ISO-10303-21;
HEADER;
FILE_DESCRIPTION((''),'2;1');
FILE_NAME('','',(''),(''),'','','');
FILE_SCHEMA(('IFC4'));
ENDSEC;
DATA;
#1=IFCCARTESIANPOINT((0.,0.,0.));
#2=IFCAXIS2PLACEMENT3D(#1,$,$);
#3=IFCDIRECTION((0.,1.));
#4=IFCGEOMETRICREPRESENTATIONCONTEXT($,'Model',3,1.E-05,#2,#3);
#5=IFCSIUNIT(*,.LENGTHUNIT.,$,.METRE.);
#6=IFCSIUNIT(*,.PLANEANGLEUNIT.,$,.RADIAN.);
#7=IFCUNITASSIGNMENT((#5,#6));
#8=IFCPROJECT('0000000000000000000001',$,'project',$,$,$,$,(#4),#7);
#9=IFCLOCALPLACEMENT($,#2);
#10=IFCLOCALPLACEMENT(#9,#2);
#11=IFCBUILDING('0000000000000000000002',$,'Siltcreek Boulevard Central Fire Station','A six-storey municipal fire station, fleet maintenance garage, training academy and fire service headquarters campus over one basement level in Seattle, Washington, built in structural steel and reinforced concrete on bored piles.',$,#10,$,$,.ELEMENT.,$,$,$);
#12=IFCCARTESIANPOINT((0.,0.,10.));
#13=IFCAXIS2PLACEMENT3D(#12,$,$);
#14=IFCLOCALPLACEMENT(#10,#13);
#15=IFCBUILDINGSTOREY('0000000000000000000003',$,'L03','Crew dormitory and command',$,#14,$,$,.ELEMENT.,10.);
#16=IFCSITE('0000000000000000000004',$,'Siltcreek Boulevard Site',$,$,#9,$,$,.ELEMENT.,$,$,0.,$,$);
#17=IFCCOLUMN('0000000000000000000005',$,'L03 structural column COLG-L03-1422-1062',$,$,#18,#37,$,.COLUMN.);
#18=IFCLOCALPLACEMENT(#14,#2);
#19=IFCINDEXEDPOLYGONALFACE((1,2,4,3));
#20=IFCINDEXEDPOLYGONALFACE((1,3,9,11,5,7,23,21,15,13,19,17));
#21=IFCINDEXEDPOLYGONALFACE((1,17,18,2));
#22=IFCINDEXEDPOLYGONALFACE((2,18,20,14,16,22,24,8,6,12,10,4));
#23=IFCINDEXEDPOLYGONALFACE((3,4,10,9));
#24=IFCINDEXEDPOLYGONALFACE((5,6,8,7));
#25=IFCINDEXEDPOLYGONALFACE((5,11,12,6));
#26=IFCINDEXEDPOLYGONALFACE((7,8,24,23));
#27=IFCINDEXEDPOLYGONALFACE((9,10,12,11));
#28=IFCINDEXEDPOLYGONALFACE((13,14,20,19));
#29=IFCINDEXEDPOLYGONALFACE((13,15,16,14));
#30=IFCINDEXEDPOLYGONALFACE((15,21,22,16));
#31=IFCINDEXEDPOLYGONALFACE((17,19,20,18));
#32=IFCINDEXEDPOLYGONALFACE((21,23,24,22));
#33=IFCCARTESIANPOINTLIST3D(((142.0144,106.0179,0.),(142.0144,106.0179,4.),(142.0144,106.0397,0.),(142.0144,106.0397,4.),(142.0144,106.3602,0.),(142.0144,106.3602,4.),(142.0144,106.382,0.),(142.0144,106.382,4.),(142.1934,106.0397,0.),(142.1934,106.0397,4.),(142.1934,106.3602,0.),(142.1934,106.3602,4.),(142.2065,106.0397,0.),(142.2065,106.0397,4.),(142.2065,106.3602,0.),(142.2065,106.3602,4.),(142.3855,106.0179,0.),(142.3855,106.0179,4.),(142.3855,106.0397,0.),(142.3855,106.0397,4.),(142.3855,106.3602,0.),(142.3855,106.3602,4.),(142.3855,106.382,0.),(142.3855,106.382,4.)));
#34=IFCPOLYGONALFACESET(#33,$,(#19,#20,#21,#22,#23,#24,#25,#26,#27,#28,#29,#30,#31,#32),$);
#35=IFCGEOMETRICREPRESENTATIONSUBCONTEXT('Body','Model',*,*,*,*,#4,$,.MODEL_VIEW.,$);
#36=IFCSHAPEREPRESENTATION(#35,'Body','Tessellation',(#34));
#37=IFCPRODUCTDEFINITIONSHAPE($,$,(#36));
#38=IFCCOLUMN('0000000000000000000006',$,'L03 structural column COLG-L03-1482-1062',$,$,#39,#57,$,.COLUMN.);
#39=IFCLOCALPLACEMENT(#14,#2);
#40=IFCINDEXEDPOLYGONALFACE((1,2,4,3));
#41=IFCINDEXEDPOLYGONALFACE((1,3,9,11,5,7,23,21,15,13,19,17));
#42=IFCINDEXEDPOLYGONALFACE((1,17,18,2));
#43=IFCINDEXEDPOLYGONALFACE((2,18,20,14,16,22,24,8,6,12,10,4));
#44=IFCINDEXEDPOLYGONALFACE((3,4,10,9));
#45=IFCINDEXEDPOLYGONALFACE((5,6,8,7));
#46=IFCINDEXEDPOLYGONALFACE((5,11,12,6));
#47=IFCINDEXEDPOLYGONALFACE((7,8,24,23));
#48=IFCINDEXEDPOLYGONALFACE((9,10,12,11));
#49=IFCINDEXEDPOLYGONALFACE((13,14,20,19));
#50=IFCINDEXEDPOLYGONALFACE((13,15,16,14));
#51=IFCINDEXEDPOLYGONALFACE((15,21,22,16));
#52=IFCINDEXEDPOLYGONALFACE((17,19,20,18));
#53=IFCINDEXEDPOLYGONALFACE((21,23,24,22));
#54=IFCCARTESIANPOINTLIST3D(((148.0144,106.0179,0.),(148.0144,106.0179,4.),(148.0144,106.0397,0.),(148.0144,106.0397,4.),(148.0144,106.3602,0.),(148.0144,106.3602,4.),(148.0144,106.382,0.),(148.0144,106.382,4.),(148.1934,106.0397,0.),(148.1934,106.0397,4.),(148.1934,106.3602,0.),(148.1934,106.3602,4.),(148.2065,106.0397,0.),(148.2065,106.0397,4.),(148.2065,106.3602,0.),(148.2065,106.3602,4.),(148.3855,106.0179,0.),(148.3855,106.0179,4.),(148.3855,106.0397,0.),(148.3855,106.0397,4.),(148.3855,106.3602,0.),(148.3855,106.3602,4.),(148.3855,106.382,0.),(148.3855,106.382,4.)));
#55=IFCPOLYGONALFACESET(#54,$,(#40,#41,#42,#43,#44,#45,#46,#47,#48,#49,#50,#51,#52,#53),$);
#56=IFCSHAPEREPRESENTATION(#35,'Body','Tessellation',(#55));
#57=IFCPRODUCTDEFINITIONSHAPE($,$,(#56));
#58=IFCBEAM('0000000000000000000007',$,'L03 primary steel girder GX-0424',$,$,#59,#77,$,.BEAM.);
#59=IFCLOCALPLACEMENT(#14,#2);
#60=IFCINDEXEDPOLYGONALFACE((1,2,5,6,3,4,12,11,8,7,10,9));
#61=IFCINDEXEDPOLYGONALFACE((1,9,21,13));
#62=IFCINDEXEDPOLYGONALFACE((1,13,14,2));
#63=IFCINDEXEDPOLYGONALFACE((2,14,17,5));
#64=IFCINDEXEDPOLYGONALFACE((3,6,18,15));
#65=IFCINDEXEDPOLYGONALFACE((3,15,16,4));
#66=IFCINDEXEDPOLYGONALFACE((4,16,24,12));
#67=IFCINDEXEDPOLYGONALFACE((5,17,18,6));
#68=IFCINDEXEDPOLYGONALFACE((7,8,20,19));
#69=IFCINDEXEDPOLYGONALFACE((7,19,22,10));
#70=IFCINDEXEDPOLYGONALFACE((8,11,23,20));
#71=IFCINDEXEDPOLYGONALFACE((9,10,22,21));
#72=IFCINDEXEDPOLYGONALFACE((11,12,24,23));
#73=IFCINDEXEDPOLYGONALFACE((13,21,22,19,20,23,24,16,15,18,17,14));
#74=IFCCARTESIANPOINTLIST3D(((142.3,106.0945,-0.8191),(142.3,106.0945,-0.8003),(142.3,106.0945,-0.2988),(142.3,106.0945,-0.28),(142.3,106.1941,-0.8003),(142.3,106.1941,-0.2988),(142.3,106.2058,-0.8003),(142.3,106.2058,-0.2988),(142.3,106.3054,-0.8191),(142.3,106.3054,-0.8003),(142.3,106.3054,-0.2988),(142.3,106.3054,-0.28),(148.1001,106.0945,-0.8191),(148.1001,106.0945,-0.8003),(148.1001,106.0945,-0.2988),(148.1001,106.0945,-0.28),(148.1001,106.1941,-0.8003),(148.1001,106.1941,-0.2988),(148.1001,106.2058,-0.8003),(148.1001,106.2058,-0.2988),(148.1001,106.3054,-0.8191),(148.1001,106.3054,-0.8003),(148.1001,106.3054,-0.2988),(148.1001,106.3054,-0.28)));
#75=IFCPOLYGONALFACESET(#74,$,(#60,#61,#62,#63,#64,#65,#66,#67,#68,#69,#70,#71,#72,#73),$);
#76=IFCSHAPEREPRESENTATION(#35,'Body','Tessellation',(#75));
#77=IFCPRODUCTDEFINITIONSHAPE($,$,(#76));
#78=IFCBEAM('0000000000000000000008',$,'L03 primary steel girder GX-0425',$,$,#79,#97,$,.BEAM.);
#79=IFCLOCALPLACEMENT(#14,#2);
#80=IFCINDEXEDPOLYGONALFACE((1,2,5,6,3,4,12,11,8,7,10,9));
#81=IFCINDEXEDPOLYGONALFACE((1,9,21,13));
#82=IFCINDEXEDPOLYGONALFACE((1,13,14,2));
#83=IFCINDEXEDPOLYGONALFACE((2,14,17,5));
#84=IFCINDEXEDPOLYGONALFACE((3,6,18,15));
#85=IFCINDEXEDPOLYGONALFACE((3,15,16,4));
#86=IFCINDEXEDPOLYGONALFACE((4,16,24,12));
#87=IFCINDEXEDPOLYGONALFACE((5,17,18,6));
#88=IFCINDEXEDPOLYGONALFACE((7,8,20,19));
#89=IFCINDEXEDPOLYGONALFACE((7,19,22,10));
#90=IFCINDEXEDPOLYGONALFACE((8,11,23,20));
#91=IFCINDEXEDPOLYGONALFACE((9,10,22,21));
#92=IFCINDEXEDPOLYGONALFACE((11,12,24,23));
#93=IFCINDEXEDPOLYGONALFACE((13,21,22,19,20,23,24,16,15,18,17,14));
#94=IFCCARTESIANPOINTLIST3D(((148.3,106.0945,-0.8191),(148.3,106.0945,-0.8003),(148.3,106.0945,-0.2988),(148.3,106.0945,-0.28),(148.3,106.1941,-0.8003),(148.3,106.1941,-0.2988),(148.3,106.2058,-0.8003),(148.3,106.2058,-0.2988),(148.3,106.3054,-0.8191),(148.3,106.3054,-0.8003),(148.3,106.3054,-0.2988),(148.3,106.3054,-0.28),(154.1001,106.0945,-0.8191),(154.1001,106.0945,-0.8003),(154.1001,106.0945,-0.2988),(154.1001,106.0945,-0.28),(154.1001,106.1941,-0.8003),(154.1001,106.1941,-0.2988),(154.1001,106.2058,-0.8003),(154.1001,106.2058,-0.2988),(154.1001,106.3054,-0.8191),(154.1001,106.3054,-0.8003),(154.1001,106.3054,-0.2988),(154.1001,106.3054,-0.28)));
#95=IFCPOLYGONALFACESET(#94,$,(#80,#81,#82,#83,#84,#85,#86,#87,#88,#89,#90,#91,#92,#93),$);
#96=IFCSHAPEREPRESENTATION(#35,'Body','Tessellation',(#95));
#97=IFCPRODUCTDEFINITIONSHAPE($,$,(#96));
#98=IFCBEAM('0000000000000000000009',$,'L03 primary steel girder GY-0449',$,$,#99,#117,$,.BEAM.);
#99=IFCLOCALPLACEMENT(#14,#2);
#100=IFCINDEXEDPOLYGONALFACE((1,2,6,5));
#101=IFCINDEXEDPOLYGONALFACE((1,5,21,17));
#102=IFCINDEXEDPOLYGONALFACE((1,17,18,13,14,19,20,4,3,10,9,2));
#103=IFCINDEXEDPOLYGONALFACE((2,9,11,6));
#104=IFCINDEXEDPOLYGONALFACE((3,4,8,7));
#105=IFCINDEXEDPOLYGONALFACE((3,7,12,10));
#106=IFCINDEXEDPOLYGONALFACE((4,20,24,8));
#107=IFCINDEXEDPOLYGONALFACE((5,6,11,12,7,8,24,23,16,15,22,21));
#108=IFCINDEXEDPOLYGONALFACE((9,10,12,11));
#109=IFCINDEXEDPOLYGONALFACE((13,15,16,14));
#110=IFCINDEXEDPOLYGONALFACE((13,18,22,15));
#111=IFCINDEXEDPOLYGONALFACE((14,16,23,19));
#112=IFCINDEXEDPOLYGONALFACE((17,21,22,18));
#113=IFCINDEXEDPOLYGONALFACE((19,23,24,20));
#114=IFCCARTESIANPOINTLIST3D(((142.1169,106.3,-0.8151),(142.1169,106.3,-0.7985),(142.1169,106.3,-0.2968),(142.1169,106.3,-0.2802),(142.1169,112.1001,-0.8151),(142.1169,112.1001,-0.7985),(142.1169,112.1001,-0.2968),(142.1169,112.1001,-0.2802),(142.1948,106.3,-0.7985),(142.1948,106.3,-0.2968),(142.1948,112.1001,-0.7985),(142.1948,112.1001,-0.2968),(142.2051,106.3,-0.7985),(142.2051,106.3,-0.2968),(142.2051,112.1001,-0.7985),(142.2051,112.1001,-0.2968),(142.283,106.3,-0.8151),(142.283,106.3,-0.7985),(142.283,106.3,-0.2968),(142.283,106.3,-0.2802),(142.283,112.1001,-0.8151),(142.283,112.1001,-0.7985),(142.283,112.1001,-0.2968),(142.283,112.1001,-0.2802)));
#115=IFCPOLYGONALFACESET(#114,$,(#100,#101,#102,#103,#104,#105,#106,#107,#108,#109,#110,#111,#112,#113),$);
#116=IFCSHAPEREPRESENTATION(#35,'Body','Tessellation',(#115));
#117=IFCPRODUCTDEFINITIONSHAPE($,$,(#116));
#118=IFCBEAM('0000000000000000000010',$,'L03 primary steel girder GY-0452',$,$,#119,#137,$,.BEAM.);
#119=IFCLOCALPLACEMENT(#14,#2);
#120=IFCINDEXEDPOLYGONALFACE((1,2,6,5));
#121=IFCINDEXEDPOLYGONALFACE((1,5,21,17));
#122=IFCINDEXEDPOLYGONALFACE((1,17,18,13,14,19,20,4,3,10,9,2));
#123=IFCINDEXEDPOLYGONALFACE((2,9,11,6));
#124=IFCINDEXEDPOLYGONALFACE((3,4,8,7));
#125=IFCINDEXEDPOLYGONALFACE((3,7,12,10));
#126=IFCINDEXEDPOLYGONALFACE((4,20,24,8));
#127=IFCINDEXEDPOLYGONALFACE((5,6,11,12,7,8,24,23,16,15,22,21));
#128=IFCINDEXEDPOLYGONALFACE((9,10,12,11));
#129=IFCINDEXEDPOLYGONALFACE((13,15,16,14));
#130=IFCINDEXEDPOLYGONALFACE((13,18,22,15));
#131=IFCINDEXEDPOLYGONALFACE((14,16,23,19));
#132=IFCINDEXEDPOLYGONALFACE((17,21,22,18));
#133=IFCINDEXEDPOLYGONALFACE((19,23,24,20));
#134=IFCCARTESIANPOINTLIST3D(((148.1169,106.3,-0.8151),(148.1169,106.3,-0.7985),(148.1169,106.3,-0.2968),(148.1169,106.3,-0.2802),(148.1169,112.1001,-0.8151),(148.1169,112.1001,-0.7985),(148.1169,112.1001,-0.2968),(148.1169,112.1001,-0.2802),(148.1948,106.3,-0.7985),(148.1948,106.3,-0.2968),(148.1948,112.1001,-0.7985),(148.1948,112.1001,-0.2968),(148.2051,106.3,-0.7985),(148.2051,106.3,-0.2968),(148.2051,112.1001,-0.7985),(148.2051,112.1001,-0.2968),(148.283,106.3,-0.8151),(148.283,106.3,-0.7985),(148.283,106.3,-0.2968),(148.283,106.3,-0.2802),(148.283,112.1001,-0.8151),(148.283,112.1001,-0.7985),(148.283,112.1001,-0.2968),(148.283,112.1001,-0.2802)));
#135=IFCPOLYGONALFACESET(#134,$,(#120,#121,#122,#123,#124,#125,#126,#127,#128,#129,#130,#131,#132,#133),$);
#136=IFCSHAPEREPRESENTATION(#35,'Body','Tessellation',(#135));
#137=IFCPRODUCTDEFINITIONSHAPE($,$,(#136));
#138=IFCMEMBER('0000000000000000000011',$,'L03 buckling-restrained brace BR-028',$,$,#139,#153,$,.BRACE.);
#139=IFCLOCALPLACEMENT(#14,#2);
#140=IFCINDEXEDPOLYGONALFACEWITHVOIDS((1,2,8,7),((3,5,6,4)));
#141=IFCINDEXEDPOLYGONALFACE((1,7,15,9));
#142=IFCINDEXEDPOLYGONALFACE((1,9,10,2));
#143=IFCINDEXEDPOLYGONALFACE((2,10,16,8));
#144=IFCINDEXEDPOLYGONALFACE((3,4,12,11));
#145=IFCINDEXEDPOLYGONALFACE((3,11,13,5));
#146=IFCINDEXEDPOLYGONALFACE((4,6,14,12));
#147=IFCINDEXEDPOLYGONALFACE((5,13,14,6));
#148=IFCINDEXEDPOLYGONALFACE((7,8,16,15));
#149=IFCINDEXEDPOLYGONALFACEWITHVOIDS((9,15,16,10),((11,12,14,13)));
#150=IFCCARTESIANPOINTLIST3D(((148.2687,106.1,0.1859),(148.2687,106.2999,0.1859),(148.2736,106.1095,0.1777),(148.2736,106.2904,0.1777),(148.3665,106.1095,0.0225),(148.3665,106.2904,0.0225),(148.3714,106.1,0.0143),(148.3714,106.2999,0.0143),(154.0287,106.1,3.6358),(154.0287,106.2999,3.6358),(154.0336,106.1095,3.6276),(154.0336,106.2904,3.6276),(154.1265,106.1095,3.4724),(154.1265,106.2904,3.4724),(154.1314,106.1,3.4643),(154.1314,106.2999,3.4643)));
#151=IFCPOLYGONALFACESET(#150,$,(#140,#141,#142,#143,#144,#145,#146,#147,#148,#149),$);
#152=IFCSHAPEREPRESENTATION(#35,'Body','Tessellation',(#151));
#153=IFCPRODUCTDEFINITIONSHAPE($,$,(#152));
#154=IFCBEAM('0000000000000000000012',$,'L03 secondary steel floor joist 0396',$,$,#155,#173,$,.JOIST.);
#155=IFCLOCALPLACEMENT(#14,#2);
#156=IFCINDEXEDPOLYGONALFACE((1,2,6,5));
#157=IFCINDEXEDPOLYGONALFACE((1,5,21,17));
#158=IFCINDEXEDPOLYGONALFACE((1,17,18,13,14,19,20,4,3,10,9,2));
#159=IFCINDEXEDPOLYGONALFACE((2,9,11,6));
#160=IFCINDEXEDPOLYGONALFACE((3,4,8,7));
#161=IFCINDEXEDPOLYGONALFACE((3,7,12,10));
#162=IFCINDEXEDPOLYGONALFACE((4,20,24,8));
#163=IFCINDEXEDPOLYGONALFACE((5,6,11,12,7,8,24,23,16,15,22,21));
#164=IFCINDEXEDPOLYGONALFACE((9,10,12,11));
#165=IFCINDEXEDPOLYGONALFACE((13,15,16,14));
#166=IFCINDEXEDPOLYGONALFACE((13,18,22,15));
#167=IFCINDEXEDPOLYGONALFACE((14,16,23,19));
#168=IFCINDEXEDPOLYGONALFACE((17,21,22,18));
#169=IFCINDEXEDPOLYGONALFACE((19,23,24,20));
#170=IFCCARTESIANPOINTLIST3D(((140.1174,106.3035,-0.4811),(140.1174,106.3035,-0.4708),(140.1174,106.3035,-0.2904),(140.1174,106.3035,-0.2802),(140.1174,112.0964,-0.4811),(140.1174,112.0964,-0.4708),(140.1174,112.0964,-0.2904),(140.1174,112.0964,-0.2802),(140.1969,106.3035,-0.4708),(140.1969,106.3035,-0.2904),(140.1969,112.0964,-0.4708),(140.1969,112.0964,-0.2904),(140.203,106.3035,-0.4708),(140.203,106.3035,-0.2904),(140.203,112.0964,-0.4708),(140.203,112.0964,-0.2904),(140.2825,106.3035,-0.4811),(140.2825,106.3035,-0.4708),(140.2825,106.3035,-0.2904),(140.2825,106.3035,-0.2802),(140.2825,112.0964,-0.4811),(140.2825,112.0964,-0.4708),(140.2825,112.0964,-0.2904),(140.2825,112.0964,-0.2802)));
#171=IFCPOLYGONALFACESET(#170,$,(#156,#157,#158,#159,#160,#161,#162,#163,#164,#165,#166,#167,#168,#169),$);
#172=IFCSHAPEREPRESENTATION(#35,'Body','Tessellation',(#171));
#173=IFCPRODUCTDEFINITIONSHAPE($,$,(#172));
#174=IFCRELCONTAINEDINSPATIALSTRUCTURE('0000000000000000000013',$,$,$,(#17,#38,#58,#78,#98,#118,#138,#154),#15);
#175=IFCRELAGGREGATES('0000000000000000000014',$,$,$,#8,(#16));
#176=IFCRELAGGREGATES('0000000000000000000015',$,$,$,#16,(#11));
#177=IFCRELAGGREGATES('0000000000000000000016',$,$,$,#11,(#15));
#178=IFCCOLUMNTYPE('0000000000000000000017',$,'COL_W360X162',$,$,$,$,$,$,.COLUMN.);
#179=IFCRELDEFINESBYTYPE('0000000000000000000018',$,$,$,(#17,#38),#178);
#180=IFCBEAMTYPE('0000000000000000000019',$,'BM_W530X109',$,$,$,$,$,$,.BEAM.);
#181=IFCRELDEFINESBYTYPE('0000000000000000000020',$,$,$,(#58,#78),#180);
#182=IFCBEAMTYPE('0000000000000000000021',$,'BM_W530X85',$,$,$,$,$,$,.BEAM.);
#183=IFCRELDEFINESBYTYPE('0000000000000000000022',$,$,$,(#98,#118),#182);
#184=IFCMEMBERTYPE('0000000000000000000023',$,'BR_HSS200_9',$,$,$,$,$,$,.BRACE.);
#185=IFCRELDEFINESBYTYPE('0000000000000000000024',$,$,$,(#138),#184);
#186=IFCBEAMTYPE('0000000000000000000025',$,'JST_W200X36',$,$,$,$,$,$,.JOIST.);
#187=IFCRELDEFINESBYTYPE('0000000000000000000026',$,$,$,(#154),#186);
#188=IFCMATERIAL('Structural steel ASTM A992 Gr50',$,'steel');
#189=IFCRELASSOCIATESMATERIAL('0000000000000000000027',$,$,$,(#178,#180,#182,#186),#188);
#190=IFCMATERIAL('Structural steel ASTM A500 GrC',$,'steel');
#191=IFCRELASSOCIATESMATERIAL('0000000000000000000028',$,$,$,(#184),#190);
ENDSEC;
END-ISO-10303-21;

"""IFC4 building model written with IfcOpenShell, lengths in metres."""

from ifc_helpers import new_model, si_unit, direction, frame, origin, origin_2d, place, context, subcontext, project, spatial, hollow_rectangle, i_section, extrude, material, material_profile, profile_set, type_object, element, save


model = new_model("IFC4")

# Units and contexts
model_context = context("Model", 3, precision=1e-05, world=origin(), true_north=direction((0.0, 1.0)))
body_context = subcontext(model_context, "Body", "Model", "MODEL_VIEW")
ifc_project = project(units=[si_unit("LENGTHUNIT", "METRE"), si_unit("PLANEANGLEUNIT", "RADIAN")], contexts=[model_context])

# Site, building, storey
site_placement = place(None, origin())
site = spatial("IfcSite", under=ifc_project, at=site_placement, Name="Siltcreek Boulevard Site", CompositionType="ELEMENT", RefElevation=0.0)
building_placement = place(site_placement, origin())
building = spatial("IfcBuilding", under=site, at=building_placement, Name="Siltcreek Boulevard Central Fire Station", Description="A six-storey municipal fire station, fleet maintenance garage, training academy and fire service headquarters campus over one basement level in Seattle, Washington, built in structural steel and reinforced concrete on bored piles.", CompositionType="ELEMENT")
storey_placement = place(building_placement, frame((0.0, 0.0, 10.0)))
storey = spatial("IfcBuildingStorey", under=building, at=storey_placement, Name="L03", Description="Crew dormitory and command", CompositionType="ELEMENT", Elevation=10.0)

# Columns
ifc_material_1 = material(Name="Structural steel ASTM A992 Gr50", Category="steel")
ifc_material_profile_1 = material_profile(ifc_material_1, i_section(OverallWidth=0.3711, OverallDepth=0.364, WebThickness=0.0132, FlangeThickness=0.0217, at=origin_2d()), Name="W360X162")
ifc_profile_set_1 = profile_set([ifc_material_profile_1], Name="Structural steel ASTM A992 Gr50")
column_type = type_object("IfcColumnType", Name="COL_W360X162", PredefinedType="COLUMN", material=ifc_profile_set_1)
for number, where, z_axis, x_axis, name in (
    (1, (142.2, 106.2, 0.0), (0.0, 0.0, 1.0), (1.0, 0.0, 0.0), "L03 structural column COLG-L03-1422-1062"),
    (2, (148.2, 106.2, 0.0), (0.0, 0.0, 1.0), (1.0, 0.0, 0.0), "L03 structural column COLG-L03-1482-1062"),
):
    element("IfcColumn", number, at=place(storey_placement, frame(where, z_axis=z_axis, x_axis=x_axis)), inside=storey, type_object=column_type, Name=name, PredefinedType="COLUMN", context=body_context, shape_type="SweptSolid", body=[
        extrude(i_section(OverallWidth=0.3711, OverallDepth=0.364, WebThickness=0.0132, FlangeThickness=0.0217, at=origin_2d()), origin(), (0.0, 0.0, 1.0), 4.0),
    ])

# Beams
ifc_material_profile_2 = material_profile(ifc_material_1, i_section(OverallWidth=0.2109, OverallDepth=0.5391, WebThickness=0.0117, FlangeThickness=0.0188, at=origin_2d()), Name="W530X109")
ifc_profile_set_2 = profile_set([ifc_material_profile_2], Name="Structural steel ASTM A992 Gr50")
beam_type_1 = type_object("IfcBeamType", Name="BM_W530X109", PredefinedType="BEAM", material=ifc_profile_set_2)
for number, where, z_axis, x_axis, name in (
    (3, (142.3, 106.2, -0.5496), (1.0, 0.0, 0.0), (0.0, 1.0, 0.0), "L03 primary steel girder GX-0424"),
    (4, (148.3, 106.2, -0.5496), (1.0, 0.0, 0.0), (0.0, 1.0, 0.0), "L03 primary steel girder GX-0425"),
):
    element("IfcBeam", number, at=place(storey_placement, frame(where, z_axis=z_axis, x_axis=x_axis)), inside=storey, type_object=beam_type_1, Name=name, PredefinedType="BEAM", context=body_context, shape_type="SweptSolid", body=[
        extrude(i_section(OverallWidth=0.2109, OverallDepth=0.5391, WebThickness=0.0117, FlangeThickness=0.0188, at=origin_2d()), origin(), (0.0, 0.0, 1.0), 5.8),
    ])
ifc_material_profile_3 = material_profile(ifc_material_1, i_section(OverallWidth=0.166, OverallDepth=0.5349, WebThickness=0.0103, FlangeThickness=0.0166, at=origin_2d()), Name="W530X85")
ifc_profile_set_3 = profile_set([ifc_material_profile_3], Name="Structural steel ASTM A992 Gr50")
beam_type_2 = type_object("IfcBeamType", Name="BM_W530X85", PredefinedType="BEAM", material=ifc_profile_set_3)
for number, where, z_axis, x_axis, name in (
    (5, (142.2, 106.3, -0.5476), (0.0, 1.0, 0.0), (-1.0, 0.0, 0.0), "L03 primary steel girder GY-0449"),
    (6, (148.2, 106.3, -0.5476), (0.0, 1.0, 0.0), (-1.0, 0.0, 0.0), "L03 primary steel girder GY-0452"),
):
    element("IfcBeam", number, at=place(storey_placement, frame(where, z_axis=z_axis, x_axis=x_axis)), inside=storey, type_object=beam_type_2, Name=name, PredefinedType="BEAM", context=body_context, shape_type="SweptSolid", body=[
        extrude(i_section(OverallWidth=0.166, OverallDepth=0.5349, WebThickness=0.0103, FlangeThickness=0.0166, at=origin_2d()), origin(), (0.0, 0.0, 1.0), 5.8),
    ])

# Member
ifc_material_2 = material(Name="Structural steel ASTM A500 GrC", Category="steel")
ifc_material_profile_4 = material_profile(ifc_material_2, hollow_rectangle(XDim=0.2, YDim=0.2, WallThickness=0.0095, at=origin_2d()), Name="HSS200X200X9.5")
ifc_profile_set_4 = profile_set([ifc_material_profile_4], Name="Structural steel ASTM A500 GrC")
member_type = type_object("IfcMemberType", Name="BR_HSS200_9", PredefinedType="BRACE", material=ifc_profile_set_4)
member_placement = place(storey_placement, frame((148.3201, 106.2, 0.1001), z_axis=(0.857891, 0.0, 0.513833), x_axis=(0.0, 1.0, 0.0)))
element("IfcMember", 7, at=member_placement, inside=storey, type_object=member_type, Name="L03 buckling-restrained brace BR-028", PredefinedType="BRACE", context=body_context, shape_type="SweptSolid", body=[
    extrude(hollow_rectangle(XDim=0.2, YDim=0.2, WallThickness=0.0095, at=origin_2d()), origin(), (0.0, 0.0, 1.0), 6.7141),
])

# Beam
ifc_material_profile_5 = material_profile(ifc_material_1, i_section(OverallWidth=0.165, OverallDepth=0.2009, WebThickness=0.0061, FlangeThickness=0.0103, at=origin_2d()), Name="W200X36")
ifc_profile_set_5 = profile_set([ifc_material_profile_5], Name="Structural steel ASTM A992 Gr50")
beam_type_3 = type_object("IfcBeamType", Name="JST_W200X36", PredefinedType="JOIST", material=ifc_profile_set_5)
beam_1_placement = place(storey_placement, frame((140.2, 106.3035, -0.3806), z_axis=(0.0, 1.0, 0.0), x_axis=(-1.0, 0.0, 0.0)))
element("IfcBeam", 8, at=beam_1_placement, inside=storey, type_object=beam_type_3, Name="L03 secondary steel floor joist 0396", PredefinedType="JOIST", context=body_context, shape_type="SweptSolid", body=[
    extrude(i_section(OverallWidth=0.165, OverallDepth=0.2009, WebThickness=0.0061, FlangeThickness=0.0103, at=origin_2d()), origin(), (0.0, 0.0, 1.0), 5.793),
])

save(model, "model.ifc")
